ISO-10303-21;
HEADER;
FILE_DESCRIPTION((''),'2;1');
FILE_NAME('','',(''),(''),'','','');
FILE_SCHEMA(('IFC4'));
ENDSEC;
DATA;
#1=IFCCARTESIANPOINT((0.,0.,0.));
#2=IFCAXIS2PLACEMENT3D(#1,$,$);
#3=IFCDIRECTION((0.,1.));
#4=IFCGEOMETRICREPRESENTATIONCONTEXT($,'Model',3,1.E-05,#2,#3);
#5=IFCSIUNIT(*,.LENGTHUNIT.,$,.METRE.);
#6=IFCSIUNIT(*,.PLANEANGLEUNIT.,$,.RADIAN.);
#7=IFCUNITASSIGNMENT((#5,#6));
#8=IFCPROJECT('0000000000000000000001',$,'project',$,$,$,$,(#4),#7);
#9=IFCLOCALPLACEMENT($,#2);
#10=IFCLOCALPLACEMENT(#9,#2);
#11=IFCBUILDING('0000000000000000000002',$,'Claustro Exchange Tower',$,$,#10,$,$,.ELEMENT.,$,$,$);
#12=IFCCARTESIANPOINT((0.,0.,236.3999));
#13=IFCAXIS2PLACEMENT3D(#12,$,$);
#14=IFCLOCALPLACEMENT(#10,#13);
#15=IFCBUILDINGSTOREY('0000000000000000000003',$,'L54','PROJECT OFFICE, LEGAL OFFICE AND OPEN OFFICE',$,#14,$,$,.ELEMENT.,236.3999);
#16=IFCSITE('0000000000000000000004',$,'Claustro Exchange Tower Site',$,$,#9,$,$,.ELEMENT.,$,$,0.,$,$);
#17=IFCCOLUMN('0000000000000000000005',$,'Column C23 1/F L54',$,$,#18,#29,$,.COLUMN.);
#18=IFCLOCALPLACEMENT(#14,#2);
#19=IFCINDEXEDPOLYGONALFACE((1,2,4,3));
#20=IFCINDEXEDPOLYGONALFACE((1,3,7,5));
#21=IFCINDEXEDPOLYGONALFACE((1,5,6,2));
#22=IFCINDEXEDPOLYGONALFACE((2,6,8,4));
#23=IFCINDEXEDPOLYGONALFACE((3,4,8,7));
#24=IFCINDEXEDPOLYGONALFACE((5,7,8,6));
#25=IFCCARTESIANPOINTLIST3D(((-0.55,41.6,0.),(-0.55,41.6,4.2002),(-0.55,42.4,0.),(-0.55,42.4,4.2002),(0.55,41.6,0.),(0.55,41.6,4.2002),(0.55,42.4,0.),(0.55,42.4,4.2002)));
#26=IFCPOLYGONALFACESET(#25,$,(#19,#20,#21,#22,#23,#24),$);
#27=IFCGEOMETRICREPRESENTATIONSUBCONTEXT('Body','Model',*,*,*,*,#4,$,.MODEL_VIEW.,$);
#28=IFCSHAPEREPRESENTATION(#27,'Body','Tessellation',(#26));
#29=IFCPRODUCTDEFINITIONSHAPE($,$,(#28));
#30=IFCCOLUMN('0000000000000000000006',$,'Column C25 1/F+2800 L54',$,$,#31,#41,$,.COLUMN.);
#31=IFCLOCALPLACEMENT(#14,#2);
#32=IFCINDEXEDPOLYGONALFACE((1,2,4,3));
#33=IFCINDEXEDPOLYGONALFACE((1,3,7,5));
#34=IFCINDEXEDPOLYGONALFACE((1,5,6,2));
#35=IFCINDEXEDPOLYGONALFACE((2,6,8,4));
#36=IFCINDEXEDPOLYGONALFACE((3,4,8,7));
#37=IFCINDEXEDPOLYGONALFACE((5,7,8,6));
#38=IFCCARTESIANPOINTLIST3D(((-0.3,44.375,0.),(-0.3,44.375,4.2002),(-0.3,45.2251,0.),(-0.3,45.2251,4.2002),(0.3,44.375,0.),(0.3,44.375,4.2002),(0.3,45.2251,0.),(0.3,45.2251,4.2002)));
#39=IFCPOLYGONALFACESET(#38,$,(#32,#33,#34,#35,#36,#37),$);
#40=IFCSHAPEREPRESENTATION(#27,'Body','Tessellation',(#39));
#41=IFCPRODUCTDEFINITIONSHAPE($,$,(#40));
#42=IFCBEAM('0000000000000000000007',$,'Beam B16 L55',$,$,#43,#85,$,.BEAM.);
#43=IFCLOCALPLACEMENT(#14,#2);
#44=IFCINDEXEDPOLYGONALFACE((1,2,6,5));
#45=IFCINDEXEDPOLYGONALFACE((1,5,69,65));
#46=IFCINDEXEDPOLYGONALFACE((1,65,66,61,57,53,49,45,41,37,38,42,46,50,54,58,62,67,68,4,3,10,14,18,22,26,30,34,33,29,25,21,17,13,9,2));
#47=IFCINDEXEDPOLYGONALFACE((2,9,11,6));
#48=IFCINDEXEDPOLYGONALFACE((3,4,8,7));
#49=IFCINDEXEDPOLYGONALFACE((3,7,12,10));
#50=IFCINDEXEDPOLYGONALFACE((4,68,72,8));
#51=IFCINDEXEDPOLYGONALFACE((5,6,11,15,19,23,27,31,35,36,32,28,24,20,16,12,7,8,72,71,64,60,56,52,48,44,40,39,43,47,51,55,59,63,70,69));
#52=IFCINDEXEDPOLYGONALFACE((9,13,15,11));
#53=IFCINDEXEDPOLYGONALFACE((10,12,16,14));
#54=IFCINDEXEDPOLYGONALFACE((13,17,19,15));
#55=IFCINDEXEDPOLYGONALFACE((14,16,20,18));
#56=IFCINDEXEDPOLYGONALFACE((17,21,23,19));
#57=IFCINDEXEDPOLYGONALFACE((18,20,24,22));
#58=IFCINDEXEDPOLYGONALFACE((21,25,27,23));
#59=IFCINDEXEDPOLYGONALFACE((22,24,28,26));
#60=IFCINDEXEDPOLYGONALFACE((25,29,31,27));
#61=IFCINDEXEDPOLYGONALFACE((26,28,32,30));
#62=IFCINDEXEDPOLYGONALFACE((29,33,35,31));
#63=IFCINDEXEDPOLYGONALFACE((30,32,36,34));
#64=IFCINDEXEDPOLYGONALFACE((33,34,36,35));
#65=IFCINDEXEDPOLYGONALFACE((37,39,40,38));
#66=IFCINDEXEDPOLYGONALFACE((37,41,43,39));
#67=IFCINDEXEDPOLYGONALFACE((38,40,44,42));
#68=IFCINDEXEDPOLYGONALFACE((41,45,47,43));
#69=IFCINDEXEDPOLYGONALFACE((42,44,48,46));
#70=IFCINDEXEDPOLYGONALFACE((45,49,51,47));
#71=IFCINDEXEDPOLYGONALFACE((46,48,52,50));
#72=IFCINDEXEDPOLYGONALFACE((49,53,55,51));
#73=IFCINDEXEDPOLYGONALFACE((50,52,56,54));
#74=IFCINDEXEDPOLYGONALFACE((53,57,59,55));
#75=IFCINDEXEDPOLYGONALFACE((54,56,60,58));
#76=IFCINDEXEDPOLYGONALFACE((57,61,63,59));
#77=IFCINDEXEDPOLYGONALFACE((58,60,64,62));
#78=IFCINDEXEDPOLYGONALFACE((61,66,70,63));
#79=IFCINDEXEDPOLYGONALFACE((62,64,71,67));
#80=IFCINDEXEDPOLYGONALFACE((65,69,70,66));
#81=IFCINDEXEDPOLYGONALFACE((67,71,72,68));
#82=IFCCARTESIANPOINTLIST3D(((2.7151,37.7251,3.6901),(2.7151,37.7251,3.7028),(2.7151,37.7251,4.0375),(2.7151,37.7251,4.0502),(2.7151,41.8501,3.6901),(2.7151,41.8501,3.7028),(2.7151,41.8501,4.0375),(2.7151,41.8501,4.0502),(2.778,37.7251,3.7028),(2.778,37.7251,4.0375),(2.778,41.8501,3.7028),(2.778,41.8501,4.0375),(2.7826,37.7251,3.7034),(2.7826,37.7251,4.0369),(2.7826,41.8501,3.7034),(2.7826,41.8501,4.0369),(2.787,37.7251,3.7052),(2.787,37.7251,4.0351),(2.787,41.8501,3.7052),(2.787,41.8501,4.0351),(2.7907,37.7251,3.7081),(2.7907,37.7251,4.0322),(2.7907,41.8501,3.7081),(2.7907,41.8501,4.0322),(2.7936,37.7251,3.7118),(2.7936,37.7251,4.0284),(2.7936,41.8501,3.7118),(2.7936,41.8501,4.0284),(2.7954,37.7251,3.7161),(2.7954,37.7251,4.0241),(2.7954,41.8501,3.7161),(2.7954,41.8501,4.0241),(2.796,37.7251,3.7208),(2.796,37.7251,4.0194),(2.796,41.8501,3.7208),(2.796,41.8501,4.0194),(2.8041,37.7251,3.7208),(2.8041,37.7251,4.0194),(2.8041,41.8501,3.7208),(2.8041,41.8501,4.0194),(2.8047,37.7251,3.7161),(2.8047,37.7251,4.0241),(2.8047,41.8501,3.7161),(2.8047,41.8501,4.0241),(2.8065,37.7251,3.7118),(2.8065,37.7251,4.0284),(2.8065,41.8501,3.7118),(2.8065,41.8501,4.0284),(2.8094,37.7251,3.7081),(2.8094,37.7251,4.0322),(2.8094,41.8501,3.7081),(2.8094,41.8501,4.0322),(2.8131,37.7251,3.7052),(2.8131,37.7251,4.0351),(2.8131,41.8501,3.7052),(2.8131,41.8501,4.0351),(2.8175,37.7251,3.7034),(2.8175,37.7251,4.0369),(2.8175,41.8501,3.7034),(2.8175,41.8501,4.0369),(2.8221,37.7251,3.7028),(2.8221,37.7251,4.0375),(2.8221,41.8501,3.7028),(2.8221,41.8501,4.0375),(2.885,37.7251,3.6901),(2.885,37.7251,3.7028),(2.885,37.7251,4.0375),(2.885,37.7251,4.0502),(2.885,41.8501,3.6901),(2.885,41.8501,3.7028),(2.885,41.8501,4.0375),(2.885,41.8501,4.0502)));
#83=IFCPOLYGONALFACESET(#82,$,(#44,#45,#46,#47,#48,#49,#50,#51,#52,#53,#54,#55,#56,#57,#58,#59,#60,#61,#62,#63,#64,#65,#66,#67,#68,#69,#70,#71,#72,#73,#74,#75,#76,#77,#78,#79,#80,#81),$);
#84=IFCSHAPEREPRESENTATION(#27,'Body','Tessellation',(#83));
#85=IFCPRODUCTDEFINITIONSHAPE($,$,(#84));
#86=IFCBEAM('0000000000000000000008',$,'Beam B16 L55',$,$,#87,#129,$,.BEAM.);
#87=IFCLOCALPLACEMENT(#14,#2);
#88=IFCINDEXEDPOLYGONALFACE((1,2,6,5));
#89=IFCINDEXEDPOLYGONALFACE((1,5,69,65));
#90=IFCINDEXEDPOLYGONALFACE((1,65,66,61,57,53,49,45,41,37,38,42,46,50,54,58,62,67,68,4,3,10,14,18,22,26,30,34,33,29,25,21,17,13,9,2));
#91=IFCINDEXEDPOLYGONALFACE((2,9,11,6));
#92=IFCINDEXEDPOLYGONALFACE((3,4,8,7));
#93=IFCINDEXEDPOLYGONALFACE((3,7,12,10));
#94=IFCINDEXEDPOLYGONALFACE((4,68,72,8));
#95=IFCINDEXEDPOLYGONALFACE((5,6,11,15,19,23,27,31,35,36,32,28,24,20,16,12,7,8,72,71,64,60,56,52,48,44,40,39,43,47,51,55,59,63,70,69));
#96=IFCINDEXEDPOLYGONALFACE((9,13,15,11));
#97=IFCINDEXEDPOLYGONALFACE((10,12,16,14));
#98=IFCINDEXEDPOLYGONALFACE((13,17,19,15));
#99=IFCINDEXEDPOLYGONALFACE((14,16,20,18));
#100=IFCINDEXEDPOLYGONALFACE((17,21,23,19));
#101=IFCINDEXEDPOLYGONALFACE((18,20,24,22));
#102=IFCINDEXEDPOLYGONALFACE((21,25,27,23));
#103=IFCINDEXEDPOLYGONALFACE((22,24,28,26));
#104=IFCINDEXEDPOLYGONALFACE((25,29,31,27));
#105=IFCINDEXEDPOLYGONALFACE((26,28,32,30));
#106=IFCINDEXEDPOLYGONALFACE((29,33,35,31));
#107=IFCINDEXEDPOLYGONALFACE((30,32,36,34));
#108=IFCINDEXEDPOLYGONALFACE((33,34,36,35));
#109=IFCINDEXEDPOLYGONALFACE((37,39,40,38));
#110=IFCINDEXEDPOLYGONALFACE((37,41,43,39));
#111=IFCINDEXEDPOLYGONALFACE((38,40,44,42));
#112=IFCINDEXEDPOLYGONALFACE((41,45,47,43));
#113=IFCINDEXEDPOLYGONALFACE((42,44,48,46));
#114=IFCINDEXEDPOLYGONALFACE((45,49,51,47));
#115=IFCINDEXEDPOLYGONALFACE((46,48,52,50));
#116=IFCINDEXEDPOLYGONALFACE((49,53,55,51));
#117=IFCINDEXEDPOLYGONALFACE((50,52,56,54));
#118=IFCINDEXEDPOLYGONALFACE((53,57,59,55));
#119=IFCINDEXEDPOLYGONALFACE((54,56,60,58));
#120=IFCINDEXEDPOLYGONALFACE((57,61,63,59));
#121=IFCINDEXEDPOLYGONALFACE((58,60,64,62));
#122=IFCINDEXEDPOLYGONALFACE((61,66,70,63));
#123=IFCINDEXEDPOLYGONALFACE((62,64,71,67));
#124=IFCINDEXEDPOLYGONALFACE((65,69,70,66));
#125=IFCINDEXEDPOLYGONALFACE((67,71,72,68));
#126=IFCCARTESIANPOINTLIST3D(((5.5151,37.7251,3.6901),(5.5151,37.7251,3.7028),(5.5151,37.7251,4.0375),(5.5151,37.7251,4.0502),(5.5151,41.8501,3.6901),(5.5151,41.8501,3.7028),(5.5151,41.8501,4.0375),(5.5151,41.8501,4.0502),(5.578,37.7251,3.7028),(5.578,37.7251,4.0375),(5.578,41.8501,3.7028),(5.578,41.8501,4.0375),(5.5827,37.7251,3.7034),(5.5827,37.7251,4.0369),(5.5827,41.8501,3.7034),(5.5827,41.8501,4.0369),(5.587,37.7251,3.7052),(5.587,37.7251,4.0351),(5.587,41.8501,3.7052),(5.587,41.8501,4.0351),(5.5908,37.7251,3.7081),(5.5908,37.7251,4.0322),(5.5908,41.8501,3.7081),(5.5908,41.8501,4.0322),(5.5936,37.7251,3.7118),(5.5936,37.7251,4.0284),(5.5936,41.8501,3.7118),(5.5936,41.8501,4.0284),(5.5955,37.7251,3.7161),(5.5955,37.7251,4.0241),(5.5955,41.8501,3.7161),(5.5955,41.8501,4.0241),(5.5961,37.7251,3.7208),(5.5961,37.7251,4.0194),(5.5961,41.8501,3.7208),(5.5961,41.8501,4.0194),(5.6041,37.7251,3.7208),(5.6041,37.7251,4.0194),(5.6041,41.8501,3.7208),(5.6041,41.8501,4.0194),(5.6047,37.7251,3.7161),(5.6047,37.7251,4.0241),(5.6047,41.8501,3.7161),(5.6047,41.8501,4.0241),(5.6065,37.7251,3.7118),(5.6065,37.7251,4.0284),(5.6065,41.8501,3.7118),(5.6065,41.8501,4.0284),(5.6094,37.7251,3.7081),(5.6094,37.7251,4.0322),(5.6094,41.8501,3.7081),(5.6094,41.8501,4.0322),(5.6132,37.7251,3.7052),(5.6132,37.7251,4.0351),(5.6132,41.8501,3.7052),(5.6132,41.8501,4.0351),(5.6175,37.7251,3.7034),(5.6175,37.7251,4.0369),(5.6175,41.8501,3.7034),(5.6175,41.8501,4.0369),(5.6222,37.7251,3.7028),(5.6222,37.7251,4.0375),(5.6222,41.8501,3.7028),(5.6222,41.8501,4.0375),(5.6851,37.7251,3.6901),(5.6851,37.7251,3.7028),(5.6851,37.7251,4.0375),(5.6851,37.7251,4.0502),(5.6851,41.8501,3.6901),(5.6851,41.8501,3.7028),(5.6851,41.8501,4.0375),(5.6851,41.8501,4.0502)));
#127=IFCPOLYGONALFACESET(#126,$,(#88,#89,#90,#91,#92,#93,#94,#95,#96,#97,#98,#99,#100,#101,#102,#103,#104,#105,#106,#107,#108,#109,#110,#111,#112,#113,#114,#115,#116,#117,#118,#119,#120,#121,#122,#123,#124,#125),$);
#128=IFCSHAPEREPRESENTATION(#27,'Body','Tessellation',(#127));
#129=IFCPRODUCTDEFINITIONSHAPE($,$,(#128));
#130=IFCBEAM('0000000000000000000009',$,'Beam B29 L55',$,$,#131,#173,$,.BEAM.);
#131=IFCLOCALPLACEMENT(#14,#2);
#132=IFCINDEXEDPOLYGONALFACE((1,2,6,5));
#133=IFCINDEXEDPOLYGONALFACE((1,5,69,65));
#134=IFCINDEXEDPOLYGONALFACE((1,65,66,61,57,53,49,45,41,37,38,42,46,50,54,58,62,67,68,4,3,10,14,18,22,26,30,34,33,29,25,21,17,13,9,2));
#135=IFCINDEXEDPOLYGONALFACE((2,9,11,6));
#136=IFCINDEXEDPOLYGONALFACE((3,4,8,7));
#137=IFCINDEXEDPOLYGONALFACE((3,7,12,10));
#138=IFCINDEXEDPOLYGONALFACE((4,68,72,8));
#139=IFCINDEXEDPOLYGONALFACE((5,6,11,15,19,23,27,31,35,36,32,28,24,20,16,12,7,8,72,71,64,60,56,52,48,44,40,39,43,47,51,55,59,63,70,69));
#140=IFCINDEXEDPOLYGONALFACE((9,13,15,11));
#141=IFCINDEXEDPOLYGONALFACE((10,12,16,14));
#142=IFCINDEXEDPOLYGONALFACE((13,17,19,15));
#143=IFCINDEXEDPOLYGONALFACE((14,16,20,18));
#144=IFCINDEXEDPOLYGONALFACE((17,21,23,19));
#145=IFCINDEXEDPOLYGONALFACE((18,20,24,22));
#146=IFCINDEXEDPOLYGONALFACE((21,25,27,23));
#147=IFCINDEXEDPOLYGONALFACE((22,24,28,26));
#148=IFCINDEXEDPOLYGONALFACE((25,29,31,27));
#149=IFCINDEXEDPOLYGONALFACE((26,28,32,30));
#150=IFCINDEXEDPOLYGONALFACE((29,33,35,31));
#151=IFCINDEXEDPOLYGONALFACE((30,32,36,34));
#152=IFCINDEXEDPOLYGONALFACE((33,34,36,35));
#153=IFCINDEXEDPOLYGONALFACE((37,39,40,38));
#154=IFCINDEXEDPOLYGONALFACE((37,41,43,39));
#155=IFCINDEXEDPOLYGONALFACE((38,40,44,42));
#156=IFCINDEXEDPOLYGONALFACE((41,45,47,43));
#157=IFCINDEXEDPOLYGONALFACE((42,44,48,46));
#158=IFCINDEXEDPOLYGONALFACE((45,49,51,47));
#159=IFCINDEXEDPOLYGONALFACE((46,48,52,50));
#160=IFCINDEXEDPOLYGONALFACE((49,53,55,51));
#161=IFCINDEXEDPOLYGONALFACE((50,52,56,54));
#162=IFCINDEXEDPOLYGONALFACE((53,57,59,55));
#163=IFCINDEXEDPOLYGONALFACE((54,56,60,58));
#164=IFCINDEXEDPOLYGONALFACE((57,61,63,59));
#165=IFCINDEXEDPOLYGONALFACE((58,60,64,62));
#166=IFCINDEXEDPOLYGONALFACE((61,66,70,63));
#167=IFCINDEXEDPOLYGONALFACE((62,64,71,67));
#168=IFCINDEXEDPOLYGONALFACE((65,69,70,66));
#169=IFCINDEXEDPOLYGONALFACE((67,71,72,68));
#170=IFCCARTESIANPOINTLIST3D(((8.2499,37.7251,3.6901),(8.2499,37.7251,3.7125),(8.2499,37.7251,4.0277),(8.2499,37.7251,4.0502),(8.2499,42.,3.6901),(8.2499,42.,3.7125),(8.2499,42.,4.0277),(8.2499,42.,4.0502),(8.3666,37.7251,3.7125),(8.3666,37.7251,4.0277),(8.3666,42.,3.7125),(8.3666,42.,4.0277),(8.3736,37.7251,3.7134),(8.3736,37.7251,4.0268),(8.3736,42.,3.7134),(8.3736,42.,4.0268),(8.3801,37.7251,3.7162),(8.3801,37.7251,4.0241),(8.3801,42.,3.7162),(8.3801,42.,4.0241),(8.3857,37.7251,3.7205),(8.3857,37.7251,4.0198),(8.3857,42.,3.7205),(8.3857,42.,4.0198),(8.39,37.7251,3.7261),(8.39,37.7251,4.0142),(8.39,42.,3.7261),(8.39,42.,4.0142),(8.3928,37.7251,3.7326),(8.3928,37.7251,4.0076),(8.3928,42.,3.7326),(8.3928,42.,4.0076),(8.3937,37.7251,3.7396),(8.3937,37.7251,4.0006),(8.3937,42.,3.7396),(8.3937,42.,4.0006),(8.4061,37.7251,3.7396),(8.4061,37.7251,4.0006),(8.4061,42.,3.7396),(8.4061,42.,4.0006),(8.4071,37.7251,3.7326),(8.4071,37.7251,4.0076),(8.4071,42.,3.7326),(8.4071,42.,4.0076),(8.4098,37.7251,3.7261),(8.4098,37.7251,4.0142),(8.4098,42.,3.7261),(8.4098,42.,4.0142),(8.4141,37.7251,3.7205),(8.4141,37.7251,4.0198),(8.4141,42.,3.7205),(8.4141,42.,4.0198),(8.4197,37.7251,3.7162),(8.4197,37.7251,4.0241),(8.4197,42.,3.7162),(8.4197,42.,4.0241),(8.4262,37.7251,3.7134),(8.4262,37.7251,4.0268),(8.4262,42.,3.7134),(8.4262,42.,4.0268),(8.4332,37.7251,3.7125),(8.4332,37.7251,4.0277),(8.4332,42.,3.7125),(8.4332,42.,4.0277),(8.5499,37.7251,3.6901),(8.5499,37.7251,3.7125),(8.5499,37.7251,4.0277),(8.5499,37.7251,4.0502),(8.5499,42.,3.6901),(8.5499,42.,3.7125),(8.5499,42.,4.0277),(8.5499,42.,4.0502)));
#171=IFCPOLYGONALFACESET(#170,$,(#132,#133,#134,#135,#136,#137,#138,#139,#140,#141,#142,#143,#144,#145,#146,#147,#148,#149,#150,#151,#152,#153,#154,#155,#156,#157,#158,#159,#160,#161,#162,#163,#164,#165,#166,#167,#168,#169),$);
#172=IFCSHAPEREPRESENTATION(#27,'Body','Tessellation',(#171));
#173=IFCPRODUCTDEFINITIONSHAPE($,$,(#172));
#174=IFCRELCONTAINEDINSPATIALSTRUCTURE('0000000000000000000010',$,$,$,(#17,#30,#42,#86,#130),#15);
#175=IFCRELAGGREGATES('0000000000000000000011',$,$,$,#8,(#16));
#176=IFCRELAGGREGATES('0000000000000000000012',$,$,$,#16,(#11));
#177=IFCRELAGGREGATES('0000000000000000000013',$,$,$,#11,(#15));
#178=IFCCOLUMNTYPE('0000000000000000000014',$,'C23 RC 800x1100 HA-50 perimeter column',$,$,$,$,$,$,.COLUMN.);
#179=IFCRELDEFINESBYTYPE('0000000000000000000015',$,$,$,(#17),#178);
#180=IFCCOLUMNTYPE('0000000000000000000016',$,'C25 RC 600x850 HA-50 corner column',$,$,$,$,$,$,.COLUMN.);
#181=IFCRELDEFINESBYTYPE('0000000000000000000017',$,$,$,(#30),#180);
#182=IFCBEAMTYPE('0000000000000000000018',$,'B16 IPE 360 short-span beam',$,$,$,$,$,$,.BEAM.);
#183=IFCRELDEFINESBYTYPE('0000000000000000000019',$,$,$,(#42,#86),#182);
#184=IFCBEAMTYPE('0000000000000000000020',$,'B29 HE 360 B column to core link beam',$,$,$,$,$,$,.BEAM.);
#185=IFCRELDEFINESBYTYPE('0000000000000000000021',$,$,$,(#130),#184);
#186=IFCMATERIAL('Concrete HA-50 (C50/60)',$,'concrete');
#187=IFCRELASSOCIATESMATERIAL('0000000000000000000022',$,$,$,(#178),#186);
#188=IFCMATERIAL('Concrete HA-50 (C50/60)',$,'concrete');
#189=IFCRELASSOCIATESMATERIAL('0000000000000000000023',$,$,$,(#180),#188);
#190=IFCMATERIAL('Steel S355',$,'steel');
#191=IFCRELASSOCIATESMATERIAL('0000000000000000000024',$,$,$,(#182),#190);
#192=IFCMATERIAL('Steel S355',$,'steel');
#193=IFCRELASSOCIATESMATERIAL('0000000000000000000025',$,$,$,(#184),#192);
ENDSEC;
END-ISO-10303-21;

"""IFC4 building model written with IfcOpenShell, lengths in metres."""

from ifc_helpers import new_model, si_unit, direction, frame, origin, origin_2d, place, context, subcontext, project, spatial, rectangle, i_section, extrude, material, material_profile, profile_set, type_object, element, save


model = new_model("IFC4")

# Units and contexts
model_context = context("Model", 3, precision=1e-05, world=origin(), true_north=direction((0.0, 1.0)))
body_context = subcontext(model_context, "Body", "Model", "MODEL_VIEW")
ifc_project = project(units=[si_unit("LENGTHUNIT", "METRE"), si_unit("PLANEANGLEUNIT", "RADIAN")], contexts=[model_context])

# Site, building, storey
site_placement = place(None, origin())
site = spatial("IfcSite", under=ifc_project, at=site_placement, Name="Claustro Exchange Tower Site", CompositionType="ELEMENT", RefElevation=0.0)
building_placement = place(site_placement, origin())
building = spatial("IfcBuilding", under=site, at=building_placement, Name="Claustro Exchange Tower", CompositionType="ELEMENT")
storey_placement = place(building_placement, frame((0.0, 0.0, 236.3999)))
storey = spatial("IfcBuildingStorey", under=building, at=storey_placement, Name="L54", Description="PROJECT OFFICE, LEGAL OFFICE AND OPEN OFFICE", CompositionType="ELEMENT", Elevation=236.3999)

# Columns
ifc_material_1 = material(Name="Concrete HA-50 (C50/60)", Category="concrete")
ifc_material_profile_1 = material_profile(ifc_material_1, rectangle(XDim=0.8, YDim=1.1001, at=origin_2d()), Name="RC 800x1100")
ifc_profile_set_1 = profile_set([ifc_material_profile_1], Name="Concrete HA-50 (C50/60)")
column_type_1 = type_object("IfcColumnType", Name="C23 RC 800x1100 HA-50 perimeter column", PredefinedType="COLUMN", material=ifc_profile_set_1)
column_1_placement = place(storey_placement, frame((0.0, 42.0, 0.0), z_axis=(0.0, 0.0, 1.0), x_axis=(0.0, 1.0, 0.0)))
element("IfcColumn", 1, at=column_1_placement, inside=storey, type_object=column_type_1, Name="Column C23 1/F L54", PredefinedType="COLUMN", context=body_context, shape_type="SweptSolid", body=[
    extrude(rectangle(XDim=0.8, YDim=1.1001, at=origin_2d()), origin(), (0.0, 0.0, 1.0), 4.2002),
])
ifc_material_2 = material(Name="Concrete HA-50 (C50/60)", Category="concrete")
ifc_material_profile_2 = material_profile(ifc_material_2, rectangle(XDim=0.6001, YDim=0.8501, at=origin_2d()), Name="RC 600x850")
ifc_profile_set_2 = profile_set([ifc_material_profile_2], Name="Concrete HA-50 (C50/60)")
column_type_2 = type_object("IfcColumnType", Name="C25 RC 600x850 HA-50 corner column", PredefinedType="COLUMN", material=ifc_profile_set_2)
column_2_placement = place(storey_placement, frame((0.0, 44.8, 0.0), z_axis=(0.0, 0.0, 1.0), x_axis=(1.0, 0.0, 0.0)))
element("IfcColumn", 2, at=column_2_placement, inside=storey, type_object=column_type_2, Name="Column C25 1/F+2800 L54", PredefinedType="COLUMN", context=body_context, shape_type="SweptSolid", body=[
    extrude(rectangle(XDim=0.6001, YDim=0.8501, at=origin_2d()), origin(), (0.0, 0.0, 1.0), 4.2002),
])

# Beams
ifc_material_3 = material(Name="Steel S355", Category="steel")
ifc_material_profile_3 = material_profile(ifc_material_3, i_section(OverallWidth=0.1699, OverallDepth=0.3601, WebThickness=0.0081, FlangeThickness=0.0127, FilletRadius=0.0181, at=origin_2d()), Name="IPE 360")
ifc_profile_set_3 = profile_set([ifc_material_profile_3], Name="Steel S355")
beam_type_1 = type_object("IfcBeamType", Name="B16 IPE 360 short-span beam", PredefinedType="BEAM", material=ifc_profile_set_3)
for number, where, z_axis, x_axis, name in (
    (3, (2.8, 37.7251, 3.8701), (0.0, 1.0, 0.0), (-1.0, 0.0, 0.0), "Beam B16 L55"),
    (4, (5.6001, 37.7251, 3.8701), (0.0, 1.0, 0.0), (-1.0, 0.0, 0.0), "Beam B16 L55"),
):
    element("IfcBeam", number, at=place(storey_placement, frame(where, z_axis=z_axis, x_axis=x_axis)), inside=storey, type_object=beam_type_1, Name=name, PredefinedType="BEAM", context=body_context, shape_type="SweptSolid", body=[
        extrude(i_section(OverallWidth=0.1699, OverallDepth=0.3601, WebThickness=0.0081, FlangeThickness=0.0127, FilletRadius=0.0181, at=origin_2d()), origin(), (0.0, 0.0, 1.0), 4.125),
    ])
ifc_material_4 = material(Name="Steel S355", Category="steel")
ifc_material_profile_4 = material_profile(ifc_material_4, i_section(OverallWidth=0.3, OverallDepth=0.3601, WebThickness=0.0125, FlangeThickness=0.0225, FilletRadius=0.0271, at=origin_2d()), Name="HE 360 B")
ifc_profile_set_4 = profile_set([ifc_material_profile_4], Name="Steel S355")
beam_type_2 = type_object("IfcBeamType", Name="B29 HE 360 B column to core link beam", PredefinedType="BEAM", material=ifc_profile_set_4)
beam_1_placement = place(storey_placement, frame((8.3999, 37.7251, 3.8701), z_axis=(0.0, 1.0, 0.0), x_axis=(-1.0, 0.0, 0.0)))
element("IfcBeam", 5, at=beam_1_placement, inside=storey, type_object=beam_type_2, Name="Beam B29 L55", PredefinedType="BEAM", context=body_context, shape_type="SweptSolid", body=[
    extrude(i_section(OverallWidth=0.3, OverallDepth=0.3601, WebThickness=0.0125, FlangeThickness=0.0225, FilletRadius=0.0271, at=origin_2d()), origin(), (0.0, 0.0, 1.0), 4.2749),
])

save(model, "model.ifc")
